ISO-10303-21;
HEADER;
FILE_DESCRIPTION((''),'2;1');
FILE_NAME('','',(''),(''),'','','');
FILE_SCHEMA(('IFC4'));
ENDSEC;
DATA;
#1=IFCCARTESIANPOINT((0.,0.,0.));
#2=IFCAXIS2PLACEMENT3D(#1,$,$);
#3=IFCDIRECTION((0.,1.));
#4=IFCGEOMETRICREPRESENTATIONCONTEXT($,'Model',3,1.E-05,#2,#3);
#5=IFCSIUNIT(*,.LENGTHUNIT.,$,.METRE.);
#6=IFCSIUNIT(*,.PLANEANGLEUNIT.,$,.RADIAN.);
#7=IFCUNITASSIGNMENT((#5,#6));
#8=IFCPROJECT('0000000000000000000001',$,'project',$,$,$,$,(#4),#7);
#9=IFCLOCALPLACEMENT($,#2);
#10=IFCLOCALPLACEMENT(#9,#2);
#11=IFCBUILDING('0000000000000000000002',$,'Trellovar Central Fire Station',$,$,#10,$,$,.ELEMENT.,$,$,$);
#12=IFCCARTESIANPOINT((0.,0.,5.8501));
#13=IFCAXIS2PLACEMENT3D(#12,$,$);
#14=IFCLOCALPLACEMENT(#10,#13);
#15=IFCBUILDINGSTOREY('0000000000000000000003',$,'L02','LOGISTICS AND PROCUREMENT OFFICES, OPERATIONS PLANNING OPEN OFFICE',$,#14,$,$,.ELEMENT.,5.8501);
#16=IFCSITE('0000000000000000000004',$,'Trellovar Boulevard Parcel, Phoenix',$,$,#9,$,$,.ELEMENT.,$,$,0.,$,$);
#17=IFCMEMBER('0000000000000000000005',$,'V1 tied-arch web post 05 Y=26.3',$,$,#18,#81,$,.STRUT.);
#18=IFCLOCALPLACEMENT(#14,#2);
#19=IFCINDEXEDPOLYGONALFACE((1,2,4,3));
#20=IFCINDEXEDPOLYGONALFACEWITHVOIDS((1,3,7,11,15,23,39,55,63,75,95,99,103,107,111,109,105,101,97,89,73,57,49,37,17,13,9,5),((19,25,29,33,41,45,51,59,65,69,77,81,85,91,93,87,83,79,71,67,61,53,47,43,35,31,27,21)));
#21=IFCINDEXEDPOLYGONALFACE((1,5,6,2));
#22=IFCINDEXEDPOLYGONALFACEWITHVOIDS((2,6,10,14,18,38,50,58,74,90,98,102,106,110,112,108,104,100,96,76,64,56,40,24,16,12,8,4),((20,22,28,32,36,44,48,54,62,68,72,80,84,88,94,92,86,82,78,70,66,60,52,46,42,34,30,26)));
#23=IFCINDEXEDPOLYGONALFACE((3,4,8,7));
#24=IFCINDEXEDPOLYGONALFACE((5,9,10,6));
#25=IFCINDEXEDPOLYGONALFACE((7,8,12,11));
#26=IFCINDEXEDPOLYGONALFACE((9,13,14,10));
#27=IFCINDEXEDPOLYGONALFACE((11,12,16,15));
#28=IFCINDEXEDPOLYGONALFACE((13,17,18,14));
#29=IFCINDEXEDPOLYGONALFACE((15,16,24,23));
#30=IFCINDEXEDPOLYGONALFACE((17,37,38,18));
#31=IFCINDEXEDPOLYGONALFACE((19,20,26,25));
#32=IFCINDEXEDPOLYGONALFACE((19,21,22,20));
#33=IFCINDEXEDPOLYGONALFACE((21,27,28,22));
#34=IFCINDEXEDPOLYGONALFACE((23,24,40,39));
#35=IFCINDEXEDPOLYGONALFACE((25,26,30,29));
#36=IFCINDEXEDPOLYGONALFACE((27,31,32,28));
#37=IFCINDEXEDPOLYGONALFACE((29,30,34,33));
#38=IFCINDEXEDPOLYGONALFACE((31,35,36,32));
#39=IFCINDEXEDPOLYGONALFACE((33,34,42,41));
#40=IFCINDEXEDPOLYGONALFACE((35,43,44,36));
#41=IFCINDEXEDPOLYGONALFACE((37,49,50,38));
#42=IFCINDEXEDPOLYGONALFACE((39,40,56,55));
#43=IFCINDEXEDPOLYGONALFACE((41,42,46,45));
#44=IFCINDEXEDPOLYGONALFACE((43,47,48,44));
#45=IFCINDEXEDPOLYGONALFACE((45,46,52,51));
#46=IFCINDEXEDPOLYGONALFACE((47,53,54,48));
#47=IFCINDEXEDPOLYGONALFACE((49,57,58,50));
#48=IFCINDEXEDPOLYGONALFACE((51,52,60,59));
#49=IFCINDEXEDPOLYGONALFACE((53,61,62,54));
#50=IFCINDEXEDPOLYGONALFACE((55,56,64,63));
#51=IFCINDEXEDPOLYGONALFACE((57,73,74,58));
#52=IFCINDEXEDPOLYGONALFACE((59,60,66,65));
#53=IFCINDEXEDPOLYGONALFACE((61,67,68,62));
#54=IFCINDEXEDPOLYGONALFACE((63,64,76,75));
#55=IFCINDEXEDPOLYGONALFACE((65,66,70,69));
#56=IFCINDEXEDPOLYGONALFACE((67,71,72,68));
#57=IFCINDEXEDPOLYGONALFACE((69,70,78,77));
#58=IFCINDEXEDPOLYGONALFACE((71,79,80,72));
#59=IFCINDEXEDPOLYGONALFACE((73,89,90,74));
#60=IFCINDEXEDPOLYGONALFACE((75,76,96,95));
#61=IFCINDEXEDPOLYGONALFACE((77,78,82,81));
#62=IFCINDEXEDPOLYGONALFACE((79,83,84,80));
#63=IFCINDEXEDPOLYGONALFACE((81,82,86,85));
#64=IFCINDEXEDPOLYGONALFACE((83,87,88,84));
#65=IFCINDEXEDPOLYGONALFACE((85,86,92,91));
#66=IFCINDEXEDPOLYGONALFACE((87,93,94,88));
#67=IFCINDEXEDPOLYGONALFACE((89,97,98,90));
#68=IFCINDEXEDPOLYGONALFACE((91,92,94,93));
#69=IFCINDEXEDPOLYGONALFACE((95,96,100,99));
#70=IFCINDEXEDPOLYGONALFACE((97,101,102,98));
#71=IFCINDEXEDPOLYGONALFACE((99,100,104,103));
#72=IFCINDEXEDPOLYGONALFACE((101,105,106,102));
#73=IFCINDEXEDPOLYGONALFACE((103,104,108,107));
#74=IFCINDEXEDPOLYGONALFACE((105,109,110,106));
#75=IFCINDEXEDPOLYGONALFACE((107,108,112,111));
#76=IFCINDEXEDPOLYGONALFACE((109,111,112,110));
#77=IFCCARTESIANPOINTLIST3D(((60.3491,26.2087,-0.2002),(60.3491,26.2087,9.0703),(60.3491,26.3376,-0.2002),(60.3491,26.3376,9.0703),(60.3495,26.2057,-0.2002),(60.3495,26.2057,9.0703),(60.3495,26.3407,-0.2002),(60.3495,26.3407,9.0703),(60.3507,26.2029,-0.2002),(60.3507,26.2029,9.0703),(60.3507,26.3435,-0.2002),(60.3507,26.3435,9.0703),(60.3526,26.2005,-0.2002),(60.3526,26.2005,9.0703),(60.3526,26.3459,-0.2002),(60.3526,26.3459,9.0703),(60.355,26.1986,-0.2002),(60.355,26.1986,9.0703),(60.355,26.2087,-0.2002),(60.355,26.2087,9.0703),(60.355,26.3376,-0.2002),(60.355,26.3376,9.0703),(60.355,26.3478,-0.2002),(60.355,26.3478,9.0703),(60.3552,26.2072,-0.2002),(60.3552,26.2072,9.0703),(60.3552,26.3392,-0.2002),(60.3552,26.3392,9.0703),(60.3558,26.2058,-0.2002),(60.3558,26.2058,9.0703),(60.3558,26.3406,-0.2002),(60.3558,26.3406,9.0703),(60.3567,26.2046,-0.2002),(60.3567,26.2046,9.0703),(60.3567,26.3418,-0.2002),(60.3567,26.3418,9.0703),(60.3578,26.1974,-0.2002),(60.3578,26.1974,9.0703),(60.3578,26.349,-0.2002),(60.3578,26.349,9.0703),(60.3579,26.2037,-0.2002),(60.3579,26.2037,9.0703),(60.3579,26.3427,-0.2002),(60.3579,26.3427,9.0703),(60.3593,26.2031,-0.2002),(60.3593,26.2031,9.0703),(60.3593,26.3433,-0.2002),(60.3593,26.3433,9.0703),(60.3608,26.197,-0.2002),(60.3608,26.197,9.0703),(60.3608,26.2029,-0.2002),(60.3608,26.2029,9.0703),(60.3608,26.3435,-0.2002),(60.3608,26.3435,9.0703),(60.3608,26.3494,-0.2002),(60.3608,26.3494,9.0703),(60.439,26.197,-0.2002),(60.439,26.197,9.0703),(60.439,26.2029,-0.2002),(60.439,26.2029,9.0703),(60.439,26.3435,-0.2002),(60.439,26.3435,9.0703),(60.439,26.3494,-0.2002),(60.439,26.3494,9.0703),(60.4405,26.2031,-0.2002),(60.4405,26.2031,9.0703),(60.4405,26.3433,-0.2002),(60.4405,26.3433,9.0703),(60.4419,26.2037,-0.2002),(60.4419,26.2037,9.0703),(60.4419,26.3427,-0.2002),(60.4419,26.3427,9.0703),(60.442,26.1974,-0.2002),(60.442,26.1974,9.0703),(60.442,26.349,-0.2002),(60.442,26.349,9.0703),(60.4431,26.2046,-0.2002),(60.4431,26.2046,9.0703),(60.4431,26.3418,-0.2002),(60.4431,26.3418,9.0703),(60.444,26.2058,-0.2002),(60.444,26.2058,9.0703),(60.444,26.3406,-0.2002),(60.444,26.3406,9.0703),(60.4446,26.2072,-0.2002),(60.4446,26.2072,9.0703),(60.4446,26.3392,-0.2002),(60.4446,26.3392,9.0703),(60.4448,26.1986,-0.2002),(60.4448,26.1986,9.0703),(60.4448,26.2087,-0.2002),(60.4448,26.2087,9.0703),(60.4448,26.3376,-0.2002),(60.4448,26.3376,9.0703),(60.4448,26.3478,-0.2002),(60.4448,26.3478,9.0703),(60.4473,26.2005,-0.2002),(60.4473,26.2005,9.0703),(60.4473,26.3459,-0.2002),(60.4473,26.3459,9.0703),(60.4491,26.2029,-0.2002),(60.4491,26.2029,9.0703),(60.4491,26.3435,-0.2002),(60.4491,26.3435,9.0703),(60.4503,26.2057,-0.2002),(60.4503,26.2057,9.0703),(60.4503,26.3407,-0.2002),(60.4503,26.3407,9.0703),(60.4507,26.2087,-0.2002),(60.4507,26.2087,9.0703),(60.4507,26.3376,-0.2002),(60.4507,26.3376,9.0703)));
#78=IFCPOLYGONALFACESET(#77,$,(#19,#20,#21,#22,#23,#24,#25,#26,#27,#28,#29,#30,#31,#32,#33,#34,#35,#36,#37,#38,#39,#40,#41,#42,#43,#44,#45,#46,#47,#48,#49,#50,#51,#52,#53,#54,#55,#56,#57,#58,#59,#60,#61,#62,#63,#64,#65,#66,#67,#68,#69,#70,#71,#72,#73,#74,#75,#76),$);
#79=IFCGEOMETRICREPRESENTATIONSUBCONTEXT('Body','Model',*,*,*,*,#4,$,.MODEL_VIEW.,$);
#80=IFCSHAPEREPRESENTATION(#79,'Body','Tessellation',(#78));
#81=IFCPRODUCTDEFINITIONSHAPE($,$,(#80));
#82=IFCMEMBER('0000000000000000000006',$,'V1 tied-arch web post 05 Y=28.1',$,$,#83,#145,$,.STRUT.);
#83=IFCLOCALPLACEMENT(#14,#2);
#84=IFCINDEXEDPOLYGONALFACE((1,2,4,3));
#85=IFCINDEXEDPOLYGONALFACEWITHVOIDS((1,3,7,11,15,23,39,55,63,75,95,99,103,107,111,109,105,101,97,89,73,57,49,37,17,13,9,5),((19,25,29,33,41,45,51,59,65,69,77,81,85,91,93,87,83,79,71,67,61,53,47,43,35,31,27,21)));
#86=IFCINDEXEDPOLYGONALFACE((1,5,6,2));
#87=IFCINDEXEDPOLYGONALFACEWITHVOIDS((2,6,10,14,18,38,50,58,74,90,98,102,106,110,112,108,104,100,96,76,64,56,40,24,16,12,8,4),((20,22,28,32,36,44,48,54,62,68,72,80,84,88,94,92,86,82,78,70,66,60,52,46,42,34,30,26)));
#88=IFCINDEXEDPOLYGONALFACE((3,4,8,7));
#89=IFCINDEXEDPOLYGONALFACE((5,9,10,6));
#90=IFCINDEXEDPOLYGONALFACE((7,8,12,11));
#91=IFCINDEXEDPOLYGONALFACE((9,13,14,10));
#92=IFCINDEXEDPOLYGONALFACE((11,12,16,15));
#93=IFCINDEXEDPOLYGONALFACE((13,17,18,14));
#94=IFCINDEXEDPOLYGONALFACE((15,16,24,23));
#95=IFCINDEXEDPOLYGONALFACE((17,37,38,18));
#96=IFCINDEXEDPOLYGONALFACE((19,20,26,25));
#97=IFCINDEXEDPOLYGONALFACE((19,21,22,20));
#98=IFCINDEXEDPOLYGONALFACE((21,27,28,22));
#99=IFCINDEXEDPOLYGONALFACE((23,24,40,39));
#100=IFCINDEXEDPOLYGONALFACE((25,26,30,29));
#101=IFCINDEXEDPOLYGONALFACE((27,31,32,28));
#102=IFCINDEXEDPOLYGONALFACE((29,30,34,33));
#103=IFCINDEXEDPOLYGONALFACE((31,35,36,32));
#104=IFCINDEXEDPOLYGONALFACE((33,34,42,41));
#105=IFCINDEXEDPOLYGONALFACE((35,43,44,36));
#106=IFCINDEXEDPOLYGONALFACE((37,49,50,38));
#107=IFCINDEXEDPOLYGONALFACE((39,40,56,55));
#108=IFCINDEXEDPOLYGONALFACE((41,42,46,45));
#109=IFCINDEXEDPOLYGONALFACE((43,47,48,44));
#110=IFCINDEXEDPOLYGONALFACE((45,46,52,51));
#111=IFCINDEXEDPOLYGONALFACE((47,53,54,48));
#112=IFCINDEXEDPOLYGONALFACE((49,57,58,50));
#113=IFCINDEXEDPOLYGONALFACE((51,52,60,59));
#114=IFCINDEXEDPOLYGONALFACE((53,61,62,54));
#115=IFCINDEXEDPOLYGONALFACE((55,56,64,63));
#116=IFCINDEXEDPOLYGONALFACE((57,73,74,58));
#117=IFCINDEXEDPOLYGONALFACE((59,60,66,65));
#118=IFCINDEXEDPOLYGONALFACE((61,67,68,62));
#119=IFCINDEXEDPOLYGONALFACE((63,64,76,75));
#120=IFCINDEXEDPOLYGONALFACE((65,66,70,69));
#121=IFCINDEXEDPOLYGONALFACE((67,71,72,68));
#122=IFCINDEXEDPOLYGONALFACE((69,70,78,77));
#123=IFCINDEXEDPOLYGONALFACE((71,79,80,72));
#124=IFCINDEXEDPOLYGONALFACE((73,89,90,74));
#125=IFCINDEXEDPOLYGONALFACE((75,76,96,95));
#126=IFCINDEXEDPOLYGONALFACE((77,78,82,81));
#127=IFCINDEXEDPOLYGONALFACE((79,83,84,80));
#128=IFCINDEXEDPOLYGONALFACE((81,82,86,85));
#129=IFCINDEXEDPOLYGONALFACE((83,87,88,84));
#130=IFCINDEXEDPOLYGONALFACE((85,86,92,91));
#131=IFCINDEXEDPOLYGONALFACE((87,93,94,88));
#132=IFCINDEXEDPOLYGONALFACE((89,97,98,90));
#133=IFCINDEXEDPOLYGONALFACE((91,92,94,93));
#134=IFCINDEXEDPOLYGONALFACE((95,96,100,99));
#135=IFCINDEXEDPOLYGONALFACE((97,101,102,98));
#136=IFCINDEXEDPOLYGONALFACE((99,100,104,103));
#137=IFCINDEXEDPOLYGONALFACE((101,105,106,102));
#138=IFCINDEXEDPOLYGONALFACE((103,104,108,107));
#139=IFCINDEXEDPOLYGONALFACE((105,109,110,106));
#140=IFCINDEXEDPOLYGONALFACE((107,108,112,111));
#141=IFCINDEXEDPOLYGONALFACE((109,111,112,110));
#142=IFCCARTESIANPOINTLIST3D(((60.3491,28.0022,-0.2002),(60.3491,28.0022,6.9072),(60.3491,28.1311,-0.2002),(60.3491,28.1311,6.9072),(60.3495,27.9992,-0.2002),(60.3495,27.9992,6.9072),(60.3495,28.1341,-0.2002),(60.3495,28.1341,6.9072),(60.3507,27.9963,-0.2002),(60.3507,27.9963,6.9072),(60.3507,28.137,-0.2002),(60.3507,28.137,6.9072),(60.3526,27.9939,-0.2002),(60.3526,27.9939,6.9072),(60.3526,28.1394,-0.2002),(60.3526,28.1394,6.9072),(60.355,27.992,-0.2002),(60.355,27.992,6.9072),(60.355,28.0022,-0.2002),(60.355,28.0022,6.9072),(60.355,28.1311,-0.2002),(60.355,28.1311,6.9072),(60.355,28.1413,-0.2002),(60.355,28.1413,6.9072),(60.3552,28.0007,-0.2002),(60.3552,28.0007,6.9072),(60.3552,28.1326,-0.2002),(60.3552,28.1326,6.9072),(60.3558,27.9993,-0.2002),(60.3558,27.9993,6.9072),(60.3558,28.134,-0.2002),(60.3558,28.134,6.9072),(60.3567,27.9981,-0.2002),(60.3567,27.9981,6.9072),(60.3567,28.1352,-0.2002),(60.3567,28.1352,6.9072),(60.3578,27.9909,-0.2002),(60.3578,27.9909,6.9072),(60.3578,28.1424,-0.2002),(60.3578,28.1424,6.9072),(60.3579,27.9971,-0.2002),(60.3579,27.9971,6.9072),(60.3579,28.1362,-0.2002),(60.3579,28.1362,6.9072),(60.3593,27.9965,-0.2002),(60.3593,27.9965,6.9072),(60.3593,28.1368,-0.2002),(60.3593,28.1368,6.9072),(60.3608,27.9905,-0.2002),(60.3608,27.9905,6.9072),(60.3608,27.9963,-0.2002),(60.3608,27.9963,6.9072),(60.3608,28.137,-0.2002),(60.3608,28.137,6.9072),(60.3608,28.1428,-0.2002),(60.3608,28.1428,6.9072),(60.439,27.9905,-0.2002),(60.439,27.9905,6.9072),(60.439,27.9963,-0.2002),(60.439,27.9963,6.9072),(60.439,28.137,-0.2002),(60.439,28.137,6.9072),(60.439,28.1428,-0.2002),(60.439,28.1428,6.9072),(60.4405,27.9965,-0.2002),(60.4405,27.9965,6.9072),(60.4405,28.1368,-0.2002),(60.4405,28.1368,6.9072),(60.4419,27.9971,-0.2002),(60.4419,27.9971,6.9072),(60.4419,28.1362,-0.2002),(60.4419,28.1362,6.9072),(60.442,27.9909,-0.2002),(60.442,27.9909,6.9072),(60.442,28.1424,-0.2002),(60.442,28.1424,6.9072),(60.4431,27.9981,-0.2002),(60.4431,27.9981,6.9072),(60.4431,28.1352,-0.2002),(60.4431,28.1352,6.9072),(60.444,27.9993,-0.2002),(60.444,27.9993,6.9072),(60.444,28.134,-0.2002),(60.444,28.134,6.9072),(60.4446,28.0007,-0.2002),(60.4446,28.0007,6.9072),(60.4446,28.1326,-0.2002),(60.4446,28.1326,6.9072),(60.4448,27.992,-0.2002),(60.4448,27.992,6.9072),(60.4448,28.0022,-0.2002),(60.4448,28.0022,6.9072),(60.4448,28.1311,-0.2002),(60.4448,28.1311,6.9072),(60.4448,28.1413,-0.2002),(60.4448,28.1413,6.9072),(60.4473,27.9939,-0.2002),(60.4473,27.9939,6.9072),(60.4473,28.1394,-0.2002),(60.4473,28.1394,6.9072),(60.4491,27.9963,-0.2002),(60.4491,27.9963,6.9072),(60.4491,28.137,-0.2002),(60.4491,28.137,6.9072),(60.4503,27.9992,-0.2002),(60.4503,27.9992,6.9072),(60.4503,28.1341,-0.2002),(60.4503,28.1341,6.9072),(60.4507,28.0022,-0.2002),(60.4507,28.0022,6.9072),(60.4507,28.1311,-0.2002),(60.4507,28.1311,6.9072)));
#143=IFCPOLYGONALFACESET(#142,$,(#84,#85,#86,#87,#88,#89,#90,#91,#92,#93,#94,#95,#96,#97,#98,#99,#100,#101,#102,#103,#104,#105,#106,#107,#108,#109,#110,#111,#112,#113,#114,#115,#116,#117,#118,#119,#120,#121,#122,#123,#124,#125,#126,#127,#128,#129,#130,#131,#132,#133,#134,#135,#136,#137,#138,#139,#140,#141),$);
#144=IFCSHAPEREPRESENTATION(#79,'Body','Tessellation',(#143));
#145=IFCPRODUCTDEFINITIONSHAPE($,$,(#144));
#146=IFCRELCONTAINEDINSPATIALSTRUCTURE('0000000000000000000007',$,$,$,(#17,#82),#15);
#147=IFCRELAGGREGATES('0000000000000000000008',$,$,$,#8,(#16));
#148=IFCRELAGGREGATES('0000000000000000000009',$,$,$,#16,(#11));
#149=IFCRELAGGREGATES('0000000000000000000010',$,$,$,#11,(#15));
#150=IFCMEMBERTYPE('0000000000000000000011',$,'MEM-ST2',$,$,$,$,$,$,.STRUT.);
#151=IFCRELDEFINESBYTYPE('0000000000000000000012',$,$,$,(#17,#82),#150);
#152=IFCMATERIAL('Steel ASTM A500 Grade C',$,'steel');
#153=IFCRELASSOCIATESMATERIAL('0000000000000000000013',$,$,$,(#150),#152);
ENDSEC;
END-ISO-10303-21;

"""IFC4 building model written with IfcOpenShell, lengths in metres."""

from ifc_helpers import new_model, si_unit, direction, frame, origin, origin_2d, place, context, subcontext, project, spatial, hollow_rectangle, extrude, material, material_profile, profile_set, type_object, element, save


model = new_model("IFC4")

# Units and contexts
model_context = context("Model", 3, precision=1e-05, world=origin(), true_north=direction((0.0, 1.0)))
body_context = subcontext(model_context, "Body", "Model", "MODEL_VIEW")
ifc_project = project(units=[si_unit("LENGTHUNIT", "METRE"), si_unit("PLANEANGLEUNIT", "RADIAN")], contexts=[model_context])

# Site, building, storey
site_placement = place(None, origin())
site = spatial("IfcSite", under=ifc_project, at=site_placement, Name="Trellovar Boulevard Parcel, Phoenix", CompositionType="ELEMENT", RefElevation=0.0)
building_placement = place(site_placement, origin())
building = spatial("IfcBuilding", under=site, at=building_placement, Name="Trellovar Central Fire Station", CompositionType="ELEMENT")
storey_placement = place(building_placement, frame((0.0, 0.0, 5.8501)))
storey = spatial("IfcBuildingStorey", under=building, at=storey_placement, Name="L02", Description="LOGISTICS AND PROCUREMENT OFFICES, OPERATIONS PLANNING OPEN OFFICE", CompositionType="ELEMENT", Elevation=5.8501)

# Members
ifc_material_1 = material(Name="Steel ASTM A500 Grade C", Category="steel")
ifc_material_profile_1 = material_profile(ifc_material_1, hollow_rectangle(XDim=0.1016, YDim=0.1523, WallThickness=0.0059, InnerFilletRadius=0.0059, OuterFilletRadius=0.0117, at=origin_2d()), Name="HSS6X4X1/4")
ifc_profile_set_1 = profile_set([ifc_material_profile_1], Name="Steel ASTM A500 Grade C")
member_type_1 = type_object("IfcMemberType", Name="MEM-ST2", PredefinedType="STRUT", material=ifc_profile_set_1)
member_1_placement = place(storey_placement, frame((60.3999, 26.2732, -0.2002), z_axis=(0.0, 0.0, 1.0), x_axis=(1.0, 0.0, 0.0)))
element("IfcMember", 1, at=member_1_placement, inside=storey, type_object=member_type_1, Name="V1 tied-arch web post 05 Y=26.3", PredefinedType="STRUT", context=body_context, shape_type="SweptSolid", body=[
    extrude(hollow_rectangle(XDim=0.1016, YDim=0.1523, WallThickness=0.0059, InnerFilletRadius=0.0059, OuterFilletRadius=0.0117, at=origin_2d()), origin(), (0.0, 0.0, 1.0), 9.2705),
])
member_2_placement = place(storey_placement, frame((60.3999, 28.0667, -0.2002), z_axis=(0.0, 0.0, 1.0), x_axis=(1.0, 0.0, 0.0)))
element("IfcMember", 2, at=member_2_placement, inside=storey, type_object=member_type_1, Name="V1 tied-arch web post 05 Y=28.1", PredefinedType="STRUT", context=body_context, shape_type="SweptSolid", body=[
    extrude(hollow_rectangle(XDim=0.1016, YDim=0.1523, WallThickness=0.0059, InnerFilletRadius=0.0059, OuterFilletRadius=0.0117, at=origin_2d()), origin(), (0.0, 0.0, 1.0), 7.1074),
])

save(model, "model.ifc")
